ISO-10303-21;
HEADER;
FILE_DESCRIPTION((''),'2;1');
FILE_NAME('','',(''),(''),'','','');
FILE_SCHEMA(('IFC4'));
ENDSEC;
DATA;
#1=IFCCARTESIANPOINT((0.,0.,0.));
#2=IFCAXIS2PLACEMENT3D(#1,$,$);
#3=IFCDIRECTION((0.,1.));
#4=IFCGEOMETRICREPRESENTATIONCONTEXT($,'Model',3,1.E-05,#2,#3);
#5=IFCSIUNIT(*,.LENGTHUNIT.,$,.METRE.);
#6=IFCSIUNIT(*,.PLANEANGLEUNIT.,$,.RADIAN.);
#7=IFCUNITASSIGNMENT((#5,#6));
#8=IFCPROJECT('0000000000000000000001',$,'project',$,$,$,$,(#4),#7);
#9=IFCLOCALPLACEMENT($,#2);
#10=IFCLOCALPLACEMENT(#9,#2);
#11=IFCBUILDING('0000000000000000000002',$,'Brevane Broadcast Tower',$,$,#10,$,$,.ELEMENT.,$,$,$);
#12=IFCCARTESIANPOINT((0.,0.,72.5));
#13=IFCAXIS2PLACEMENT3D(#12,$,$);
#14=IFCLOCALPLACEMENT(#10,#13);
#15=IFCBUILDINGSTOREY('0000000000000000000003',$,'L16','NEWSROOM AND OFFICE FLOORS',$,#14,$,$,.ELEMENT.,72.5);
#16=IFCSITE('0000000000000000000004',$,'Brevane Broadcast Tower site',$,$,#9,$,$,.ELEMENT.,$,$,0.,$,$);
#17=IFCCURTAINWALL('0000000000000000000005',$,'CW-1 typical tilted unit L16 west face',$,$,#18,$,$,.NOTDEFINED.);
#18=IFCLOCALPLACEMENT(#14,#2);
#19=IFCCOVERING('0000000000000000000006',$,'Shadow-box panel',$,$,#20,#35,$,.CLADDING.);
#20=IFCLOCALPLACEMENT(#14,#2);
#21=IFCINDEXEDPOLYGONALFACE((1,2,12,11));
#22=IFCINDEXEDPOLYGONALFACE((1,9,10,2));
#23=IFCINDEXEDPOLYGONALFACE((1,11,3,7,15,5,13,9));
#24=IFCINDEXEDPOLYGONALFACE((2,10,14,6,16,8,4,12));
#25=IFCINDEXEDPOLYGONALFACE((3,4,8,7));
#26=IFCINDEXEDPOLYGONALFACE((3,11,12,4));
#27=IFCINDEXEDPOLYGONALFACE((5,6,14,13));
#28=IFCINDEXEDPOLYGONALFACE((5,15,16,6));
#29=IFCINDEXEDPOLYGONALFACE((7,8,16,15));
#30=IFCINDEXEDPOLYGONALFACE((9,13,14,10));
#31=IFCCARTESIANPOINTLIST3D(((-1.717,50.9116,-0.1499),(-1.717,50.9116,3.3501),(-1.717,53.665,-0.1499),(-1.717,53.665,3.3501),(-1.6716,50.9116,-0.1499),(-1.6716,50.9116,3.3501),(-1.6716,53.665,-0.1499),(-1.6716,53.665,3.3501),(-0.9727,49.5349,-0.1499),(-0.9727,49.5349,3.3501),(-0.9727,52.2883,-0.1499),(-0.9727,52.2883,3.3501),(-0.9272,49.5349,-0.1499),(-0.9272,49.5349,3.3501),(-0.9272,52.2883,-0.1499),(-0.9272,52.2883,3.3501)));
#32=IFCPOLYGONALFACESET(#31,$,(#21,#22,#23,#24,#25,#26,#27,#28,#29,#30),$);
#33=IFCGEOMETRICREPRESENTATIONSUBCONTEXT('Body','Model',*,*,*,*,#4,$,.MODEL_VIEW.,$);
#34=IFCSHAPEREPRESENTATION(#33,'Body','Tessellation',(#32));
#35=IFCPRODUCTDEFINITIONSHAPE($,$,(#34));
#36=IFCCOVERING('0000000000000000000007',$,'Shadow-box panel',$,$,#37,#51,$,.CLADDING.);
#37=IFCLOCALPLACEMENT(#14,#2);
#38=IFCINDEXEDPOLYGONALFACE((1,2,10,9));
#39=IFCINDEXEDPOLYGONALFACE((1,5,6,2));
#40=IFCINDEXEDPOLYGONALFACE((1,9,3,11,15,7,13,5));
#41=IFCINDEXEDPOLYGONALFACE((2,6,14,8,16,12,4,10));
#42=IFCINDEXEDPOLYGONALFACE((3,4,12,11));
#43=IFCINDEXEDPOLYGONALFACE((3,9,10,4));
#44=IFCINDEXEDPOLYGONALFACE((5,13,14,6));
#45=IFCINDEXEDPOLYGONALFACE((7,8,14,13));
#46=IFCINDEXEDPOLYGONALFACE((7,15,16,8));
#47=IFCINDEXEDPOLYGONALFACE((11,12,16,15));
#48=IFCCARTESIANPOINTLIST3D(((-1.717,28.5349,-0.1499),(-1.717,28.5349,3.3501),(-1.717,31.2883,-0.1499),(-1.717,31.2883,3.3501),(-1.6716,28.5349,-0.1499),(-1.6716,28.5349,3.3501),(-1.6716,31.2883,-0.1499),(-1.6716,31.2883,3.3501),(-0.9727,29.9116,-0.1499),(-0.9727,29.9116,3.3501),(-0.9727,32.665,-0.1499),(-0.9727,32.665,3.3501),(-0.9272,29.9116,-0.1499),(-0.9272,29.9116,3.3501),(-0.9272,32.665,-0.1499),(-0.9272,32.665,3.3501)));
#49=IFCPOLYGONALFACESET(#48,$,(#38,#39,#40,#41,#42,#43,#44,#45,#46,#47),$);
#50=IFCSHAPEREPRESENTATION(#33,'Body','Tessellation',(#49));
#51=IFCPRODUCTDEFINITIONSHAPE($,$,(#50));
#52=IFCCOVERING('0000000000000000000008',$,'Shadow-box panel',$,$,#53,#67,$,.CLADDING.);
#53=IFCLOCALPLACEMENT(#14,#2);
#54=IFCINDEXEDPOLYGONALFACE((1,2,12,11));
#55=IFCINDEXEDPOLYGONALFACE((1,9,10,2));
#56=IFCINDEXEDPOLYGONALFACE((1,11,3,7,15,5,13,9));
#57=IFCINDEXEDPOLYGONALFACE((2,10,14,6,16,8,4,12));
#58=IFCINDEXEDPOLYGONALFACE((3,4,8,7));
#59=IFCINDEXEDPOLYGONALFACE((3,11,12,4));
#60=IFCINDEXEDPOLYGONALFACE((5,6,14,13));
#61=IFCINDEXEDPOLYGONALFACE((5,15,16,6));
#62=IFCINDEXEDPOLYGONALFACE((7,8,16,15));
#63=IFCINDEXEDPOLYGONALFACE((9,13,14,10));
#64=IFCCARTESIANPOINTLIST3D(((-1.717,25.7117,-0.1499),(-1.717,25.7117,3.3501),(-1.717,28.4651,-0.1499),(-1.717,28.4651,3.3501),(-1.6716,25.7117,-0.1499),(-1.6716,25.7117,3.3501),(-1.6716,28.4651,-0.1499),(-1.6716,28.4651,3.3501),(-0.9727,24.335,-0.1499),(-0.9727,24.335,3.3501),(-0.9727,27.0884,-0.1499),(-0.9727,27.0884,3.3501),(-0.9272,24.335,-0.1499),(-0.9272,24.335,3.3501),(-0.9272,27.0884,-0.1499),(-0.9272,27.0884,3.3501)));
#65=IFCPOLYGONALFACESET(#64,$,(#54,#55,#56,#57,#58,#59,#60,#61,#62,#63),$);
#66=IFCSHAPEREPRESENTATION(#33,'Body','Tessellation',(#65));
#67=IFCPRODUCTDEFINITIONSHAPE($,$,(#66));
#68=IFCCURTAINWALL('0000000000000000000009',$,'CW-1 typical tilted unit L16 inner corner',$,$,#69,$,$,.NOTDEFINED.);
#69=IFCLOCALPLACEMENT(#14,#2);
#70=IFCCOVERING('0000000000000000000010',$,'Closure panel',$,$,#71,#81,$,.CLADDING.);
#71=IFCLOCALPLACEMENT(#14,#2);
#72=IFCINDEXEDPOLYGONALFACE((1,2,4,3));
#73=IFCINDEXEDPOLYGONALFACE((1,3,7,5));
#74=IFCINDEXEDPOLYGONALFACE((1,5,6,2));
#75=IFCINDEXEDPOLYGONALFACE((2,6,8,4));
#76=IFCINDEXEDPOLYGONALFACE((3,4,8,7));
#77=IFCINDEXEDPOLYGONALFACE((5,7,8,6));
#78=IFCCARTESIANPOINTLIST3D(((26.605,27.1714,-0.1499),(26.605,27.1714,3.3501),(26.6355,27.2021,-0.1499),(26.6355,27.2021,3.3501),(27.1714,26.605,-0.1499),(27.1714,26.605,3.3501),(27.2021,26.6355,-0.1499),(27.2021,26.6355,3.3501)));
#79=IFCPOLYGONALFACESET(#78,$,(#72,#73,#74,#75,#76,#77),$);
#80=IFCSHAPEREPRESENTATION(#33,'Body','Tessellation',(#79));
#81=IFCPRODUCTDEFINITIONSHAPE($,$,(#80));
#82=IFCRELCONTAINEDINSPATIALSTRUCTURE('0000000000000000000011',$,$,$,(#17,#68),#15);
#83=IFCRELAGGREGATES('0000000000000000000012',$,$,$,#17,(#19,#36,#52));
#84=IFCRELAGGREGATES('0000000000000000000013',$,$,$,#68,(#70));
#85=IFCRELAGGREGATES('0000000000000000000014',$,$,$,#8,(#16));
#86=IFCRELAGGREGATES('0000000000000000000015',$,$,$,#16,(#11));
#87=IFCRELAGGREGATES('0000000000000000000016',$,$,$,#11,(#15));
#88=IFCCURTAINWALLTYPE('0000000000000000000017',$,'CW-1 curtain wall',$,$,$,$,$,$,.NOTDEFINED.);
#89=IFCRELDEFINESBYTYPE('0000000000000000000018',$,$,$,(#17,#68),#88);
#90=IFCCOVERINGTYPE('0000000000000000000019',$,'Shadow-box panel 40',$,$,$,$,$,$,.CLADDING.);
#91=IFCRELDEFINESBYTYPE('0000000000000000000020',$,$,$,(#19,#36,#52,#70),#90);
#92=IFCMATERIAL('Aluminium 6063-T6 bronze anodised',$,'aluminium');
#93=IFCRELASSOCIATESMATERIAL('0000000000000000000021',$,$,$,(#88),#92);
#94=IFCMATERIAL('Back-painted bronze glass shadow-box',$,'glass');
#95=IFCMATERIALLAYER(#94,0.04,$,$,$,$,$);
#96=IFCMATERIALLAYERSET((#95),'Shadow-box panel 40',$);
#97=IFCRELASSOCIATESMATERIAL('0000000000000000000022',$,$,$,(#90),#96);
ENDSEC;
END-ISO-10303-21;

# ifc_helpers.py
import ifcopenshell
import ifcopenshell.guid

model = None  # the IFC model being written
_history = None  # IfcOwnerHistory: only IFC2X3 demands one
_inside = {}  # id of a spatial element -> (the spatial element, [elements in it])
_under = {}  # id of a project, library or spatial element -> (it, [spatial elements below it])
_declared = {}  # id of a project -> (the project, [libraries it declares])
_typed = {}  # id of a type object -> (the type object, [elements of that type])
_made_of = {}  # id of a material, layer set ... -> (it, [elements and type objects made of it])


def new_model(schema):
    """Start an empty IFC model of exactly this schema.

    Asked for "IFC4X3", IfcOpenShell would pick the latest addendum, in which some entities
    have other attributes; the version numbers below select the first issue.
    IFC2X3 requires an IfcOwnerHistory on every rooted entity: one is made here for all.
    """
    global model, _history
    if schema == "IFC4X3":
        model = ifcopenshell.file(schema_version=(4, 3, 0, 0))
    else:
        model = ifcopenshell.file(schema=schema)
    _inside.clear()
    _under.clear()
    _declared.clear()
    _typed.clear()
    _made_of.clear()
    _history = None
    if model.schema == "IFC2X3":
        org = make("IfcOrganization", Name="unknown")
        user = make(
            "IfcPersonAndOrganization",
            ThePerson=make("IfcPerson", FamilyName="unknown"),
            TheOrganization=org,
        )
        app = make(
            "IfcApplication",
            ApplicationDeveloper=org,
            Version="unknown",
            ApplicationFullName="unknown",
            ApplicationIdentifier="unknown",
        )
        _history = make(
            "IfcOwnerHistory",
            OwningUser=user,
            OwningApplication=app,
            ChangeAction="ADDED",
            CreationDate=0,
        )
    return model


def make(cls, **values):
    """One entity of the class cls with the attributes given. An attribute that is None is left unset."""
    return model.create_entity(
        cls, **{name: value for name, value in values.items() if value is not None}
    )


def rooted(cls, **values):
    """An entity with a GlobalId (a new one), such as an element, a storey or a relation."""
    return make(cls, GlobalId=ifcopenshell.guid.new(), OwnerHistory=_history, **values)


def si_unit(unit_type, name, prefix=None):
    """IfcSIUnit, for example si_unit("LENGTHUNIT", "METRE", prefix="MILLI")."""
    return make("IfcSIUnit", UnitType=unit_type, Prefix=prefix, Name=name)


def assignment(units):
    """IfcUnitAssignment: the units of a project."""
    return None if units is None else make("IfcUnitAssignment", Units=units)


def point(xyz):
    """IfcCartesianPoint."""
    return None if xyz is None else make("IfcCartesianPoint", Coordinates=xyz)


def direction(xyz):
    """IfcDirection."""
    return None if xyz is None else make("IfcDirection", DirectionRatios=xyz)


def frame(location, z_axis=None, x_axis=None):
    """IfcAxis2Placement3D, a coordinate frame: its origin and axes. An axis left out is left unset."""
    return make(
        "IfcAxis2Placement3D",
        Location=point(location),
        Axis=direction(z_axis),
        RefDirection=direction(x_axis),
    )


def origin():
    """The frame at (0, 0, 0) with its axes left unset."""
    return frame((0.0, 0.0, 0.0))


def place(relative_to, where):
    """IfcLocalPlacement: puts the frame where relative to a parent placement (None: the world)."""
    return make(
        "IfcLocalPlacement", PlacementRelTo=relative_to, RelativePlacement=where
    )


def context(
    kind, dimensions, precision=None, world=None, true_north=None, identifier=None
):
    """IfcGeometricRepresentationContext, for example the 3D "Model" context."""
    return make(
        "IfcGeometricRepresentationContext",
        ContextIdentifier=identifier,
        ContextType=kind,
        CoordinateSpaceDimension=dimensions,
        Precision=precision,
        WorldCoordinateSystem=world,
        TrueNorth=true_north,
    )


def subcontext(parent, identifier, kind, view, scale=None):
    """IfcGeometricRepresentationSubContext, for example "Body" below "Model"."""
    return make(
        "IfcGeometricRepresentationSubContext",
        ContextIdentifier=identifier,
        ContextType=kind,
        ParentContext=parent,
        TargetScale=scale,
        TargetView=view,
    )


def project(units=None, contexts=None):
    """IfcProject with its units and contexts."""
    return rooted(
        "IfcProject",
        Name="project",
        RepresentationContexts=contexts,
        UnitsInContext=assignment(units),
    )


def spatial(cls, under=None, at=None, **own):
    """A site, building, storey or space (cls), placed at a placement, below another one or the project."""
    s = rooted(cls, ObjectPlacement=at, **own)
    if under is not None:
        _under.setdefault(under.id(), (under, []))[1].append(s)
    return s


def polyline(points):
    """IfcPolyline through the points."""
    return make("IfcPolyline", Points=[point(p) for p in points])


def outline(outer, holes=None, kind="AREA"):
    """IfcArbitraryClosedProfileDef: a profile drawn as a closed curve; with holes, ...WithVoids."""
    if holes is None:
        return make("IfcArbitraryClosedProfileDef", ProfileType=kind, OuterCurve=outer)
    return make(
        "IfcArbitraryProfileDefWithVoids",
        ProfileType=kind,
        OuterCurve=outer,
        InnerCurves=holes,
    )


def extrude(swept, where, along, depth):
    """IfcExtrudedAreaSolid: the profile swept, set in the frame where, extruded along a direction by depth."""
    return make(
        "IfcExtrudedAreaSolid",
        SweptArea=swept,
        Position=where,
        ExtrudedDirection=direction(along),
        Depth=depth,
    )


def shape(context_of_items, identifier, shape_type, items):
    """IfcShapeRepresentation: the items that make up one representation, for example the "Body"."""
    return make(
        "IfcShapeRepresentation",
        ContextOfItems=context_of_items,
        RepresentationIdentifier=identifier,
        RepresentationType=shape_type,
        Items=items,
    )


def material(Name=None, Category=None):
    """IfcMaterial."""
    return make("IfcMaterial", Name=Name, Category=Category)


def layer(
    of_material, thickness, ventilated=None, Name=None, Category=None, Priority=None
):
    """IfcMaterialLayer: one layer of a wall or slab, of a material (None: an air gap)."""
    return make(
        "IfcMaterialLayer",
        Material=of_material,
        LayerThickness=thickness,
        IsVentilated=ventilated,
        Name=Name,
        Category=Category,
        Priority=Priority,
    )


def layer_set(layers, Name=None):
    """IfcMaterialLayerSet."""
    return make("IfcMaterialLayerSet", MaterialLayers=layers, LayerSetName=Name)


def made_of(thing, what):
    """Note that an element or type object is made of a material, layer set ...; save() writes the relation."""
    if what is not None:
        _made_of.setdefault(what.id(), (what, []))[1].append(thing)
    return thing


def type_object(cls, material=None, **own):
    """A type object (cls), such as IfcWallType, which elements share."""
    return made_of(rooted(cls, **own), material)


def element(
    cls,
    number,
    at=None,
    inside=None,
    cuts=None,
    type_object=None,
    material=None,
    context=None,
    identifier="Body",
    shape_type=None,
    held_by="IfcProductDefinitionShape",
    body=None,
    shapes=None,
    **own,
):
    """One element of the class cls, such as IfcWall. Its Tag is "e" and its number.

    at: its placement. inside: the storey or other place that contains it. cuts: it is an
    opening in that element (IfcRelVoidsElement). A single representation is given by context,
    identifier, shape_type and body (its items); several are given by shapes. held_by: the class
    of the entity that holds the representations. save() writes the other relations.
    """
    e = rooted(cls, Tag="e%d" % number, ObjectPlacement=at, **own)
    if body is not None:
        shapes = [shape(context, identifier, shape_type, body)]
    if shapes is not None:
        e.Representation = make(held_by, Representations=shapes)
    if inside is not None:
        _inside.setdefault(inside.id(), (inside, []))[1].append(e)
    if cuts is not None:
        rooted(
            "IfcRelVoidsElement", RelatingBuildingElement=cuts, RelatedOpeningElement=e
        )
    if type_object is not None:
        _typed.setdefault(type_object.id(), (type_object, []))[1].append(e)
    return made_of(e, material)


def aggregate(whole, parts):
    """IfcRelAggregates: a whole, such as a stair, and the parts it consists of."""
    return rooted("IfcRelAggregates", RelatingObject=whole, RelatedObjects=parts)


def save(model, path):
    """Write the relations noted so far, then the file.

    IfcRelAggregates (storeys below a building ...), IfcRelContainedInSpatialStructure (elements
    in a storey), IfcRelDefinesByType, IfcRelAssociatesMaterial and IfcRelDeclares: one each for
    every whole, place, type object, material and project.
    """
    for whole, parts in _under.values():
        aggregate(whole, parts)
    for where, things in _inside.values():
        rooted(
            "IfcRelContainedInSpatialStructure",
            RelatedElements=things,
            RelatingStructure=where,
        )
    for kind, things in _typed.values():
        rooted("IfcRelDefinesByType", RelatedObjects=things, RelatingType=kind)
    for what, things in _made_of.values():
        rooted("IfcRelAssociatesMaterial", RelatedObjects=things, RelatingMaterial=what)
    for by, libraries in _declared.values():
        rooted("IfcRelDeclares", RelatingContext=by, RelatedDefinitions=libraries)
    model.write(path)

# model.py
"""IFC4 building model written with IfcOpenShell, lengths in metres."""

from ifc_helpers import new_model, si_unit, direction, frame, origin, place, context, subcontext, project, spatial, polyline, outline, extrude, material, layer, layer_set, type_object, element, aggregate, save


model = new_model("IFC4")

# Units and contexts
model_context = context("Model", 3, precision=1e-05, world=origin(), true_north=direction((0.0, 1.0)))
body_context = subcontext(model_context, "Body", "Model", "MODEL_VIEW")
ifc_project = project(units=[si_unit("LENGTHUNIT", "METRE"), si_unit("PLANEANGLEUNIT", "RADIAN")], contexts=[model_context])

# Site, building, storey
site_placement = place(None, origin())
site = spatial("IfcSite", under=ifc_project, at=site_placement, Name="Brevane Broadcast Tower site", CompositionType="ELEMENT", RefElevation=0.0)
building_placement = place(site_placement, origin())
building = spatial("IfcBuilding", under=site, at=building_placement, Name="Brevane Broadcast Tower", CompositionType="ELEMENT")
storey_placement = place(building_placement, frame((0.0, 0.0, 72.5)))
storey = spatial("IfcBuildingStorey", under=building, at=storey_placement, Name="L16", Description="NEWSROOM AND OFFICE FLOORS", CompositionType="ELEMENT", Elevation=72.5)

# Shared definitions
ifc_material_1 = material(Name="Aluminium 6063-T6 bronze anodised", Category="aluminium")
curtain_wall_type = type_object("IfcCurtainWallType", Name="CW-1 curtain wall", PredefinedType="NOTDEFINED", material=ifc_material_1)

# Curtain wall
curtain_wall_1_placement = place(storey_placement, origin())
curtain_wall_1 = element("IfcCurtainWall", 1, at=curtain_wall_1_placement, inside=storey, type_object=curtain_wall_type, Name="CW-1 typical tilted unit L16 west face", PredefinedType="NOTDEFINED")

# Coverings
ifc_material_2 = material(Name="Back-painted bronze glass shadow-box", Category="glass")
ifc_layer_1 = layer(ifc_material_2, 0.04)
ifc_layer_set_1 = layer_set([ifc_layer_1], Name="Shadow-box panel 40")
covering_type = type_object("IfcCoveringType", Name="Shadow-box panel 40", PredefinedType="CLADDING", material=ifc_layer_set_1)
covering_1_placement = place(storey_placement, frame((0.0, 0.0, -0.1499)))
covering_1 = element("IfcCovering", 2, at=covering_1_placement, type_object=covering_type, Name="Shadow-box panel", PredefinedType="CLADDING", context=body_context, shape_type="SweptSolid", body=[
    extrude(outline(polyline([(-1.6716, 53.665), (-1.717, 53.665), (-0.9727, 52.2883), (-1.717, 50.9116), (-0.9727, 49.5349), (-0.9272, 49.5349), (-1.6716, 50.9116), (-0.9272, 52.2883), (-1.6716, 53.665)])), origin(), (0.0, 0.0, 1.0), 3.5),
])
covering_2_placement = place(storey_placement, frame((0.0, 0.0, -0.1499)))
covering_2 = element("IfcCovering", 3, at=covering_2_placement, type_object=covering_type, Name="Shadow-box panel", PredefinedType="CLADDING", context=body_context, shape_type="SweptSolid", body=[
    extrude(outline(polyline([(-0.9272, 32.665), (-0.9727, 32.665), (-1.717, 31.2883), (-0.9727, 29.9116), (-1.717, 28.5349), (-1.6716, 28.5349), (-0.9272, 29.9116), (-1.6716, 31.2883), (-0.9272, 32.665)])), origin(), (0.0, 0.0, 1.0), 3.5),
])
covering_3_placement = place(storey_placement, frame((0.0, 0.0, -0.1499)))
covering_3 = element("IfcCovering", 4, at=covering_3_placement, type_object=covering_type, Name="Shadow-box panel", PredefinedType="CLADDING", context=body_context, shape_type="SweptSolid", body=[
    extrude(outline(polyline([(-1.6716, 28.4651), (-1.717, 28.4651), (-0.9727, 27.0884), (-1.717, 25.7117), (-0.9727, 24.335), (-0.9272, 24.335), (-1.6716, 25.7117), (-0.9272, 27.0884), (-1.6716, 28.4651)])), origin(), (0.0, 0.0, 1.0), 3.5),
])
aggregate(curtain_wall_1, [covering_1, covering_2, covering_3])

# Curtain wall, covering
curtain_wall_2_placement = place(storey_placement, origin())
curtain_wall_2 = element("IfcCurtainWall", 5, at=curtain_wall_2_placement, inside=storey, type_object=curtain_wall_type, Name="CW-1 typical tilted unit L16 inner corner", PredefinedType="NOTDEFINED")
covering_4_placement = place(storey_placement, frame((0.0, 0.0, -0.1499)))
covering_4 = element("IfcCovering", 6, at=covering_4_placement, type_object=covering_type, Name="Closure panel", PredefinedType="CLADDING", context=body_context, shape_type="SweptSolid", body=[
    extrude(outline(polyline([(27.1714, 26.605), (27.2021, 26.6355), (26.6355, 27.2021), (26.605, 27.1714), (27.1714, 26.605)])), origin(), (0.0, 0.0, 1.0), 3.5),
])
aggregate(curtain_wall_2, [covering_4])

save(model, "model.ifc")
